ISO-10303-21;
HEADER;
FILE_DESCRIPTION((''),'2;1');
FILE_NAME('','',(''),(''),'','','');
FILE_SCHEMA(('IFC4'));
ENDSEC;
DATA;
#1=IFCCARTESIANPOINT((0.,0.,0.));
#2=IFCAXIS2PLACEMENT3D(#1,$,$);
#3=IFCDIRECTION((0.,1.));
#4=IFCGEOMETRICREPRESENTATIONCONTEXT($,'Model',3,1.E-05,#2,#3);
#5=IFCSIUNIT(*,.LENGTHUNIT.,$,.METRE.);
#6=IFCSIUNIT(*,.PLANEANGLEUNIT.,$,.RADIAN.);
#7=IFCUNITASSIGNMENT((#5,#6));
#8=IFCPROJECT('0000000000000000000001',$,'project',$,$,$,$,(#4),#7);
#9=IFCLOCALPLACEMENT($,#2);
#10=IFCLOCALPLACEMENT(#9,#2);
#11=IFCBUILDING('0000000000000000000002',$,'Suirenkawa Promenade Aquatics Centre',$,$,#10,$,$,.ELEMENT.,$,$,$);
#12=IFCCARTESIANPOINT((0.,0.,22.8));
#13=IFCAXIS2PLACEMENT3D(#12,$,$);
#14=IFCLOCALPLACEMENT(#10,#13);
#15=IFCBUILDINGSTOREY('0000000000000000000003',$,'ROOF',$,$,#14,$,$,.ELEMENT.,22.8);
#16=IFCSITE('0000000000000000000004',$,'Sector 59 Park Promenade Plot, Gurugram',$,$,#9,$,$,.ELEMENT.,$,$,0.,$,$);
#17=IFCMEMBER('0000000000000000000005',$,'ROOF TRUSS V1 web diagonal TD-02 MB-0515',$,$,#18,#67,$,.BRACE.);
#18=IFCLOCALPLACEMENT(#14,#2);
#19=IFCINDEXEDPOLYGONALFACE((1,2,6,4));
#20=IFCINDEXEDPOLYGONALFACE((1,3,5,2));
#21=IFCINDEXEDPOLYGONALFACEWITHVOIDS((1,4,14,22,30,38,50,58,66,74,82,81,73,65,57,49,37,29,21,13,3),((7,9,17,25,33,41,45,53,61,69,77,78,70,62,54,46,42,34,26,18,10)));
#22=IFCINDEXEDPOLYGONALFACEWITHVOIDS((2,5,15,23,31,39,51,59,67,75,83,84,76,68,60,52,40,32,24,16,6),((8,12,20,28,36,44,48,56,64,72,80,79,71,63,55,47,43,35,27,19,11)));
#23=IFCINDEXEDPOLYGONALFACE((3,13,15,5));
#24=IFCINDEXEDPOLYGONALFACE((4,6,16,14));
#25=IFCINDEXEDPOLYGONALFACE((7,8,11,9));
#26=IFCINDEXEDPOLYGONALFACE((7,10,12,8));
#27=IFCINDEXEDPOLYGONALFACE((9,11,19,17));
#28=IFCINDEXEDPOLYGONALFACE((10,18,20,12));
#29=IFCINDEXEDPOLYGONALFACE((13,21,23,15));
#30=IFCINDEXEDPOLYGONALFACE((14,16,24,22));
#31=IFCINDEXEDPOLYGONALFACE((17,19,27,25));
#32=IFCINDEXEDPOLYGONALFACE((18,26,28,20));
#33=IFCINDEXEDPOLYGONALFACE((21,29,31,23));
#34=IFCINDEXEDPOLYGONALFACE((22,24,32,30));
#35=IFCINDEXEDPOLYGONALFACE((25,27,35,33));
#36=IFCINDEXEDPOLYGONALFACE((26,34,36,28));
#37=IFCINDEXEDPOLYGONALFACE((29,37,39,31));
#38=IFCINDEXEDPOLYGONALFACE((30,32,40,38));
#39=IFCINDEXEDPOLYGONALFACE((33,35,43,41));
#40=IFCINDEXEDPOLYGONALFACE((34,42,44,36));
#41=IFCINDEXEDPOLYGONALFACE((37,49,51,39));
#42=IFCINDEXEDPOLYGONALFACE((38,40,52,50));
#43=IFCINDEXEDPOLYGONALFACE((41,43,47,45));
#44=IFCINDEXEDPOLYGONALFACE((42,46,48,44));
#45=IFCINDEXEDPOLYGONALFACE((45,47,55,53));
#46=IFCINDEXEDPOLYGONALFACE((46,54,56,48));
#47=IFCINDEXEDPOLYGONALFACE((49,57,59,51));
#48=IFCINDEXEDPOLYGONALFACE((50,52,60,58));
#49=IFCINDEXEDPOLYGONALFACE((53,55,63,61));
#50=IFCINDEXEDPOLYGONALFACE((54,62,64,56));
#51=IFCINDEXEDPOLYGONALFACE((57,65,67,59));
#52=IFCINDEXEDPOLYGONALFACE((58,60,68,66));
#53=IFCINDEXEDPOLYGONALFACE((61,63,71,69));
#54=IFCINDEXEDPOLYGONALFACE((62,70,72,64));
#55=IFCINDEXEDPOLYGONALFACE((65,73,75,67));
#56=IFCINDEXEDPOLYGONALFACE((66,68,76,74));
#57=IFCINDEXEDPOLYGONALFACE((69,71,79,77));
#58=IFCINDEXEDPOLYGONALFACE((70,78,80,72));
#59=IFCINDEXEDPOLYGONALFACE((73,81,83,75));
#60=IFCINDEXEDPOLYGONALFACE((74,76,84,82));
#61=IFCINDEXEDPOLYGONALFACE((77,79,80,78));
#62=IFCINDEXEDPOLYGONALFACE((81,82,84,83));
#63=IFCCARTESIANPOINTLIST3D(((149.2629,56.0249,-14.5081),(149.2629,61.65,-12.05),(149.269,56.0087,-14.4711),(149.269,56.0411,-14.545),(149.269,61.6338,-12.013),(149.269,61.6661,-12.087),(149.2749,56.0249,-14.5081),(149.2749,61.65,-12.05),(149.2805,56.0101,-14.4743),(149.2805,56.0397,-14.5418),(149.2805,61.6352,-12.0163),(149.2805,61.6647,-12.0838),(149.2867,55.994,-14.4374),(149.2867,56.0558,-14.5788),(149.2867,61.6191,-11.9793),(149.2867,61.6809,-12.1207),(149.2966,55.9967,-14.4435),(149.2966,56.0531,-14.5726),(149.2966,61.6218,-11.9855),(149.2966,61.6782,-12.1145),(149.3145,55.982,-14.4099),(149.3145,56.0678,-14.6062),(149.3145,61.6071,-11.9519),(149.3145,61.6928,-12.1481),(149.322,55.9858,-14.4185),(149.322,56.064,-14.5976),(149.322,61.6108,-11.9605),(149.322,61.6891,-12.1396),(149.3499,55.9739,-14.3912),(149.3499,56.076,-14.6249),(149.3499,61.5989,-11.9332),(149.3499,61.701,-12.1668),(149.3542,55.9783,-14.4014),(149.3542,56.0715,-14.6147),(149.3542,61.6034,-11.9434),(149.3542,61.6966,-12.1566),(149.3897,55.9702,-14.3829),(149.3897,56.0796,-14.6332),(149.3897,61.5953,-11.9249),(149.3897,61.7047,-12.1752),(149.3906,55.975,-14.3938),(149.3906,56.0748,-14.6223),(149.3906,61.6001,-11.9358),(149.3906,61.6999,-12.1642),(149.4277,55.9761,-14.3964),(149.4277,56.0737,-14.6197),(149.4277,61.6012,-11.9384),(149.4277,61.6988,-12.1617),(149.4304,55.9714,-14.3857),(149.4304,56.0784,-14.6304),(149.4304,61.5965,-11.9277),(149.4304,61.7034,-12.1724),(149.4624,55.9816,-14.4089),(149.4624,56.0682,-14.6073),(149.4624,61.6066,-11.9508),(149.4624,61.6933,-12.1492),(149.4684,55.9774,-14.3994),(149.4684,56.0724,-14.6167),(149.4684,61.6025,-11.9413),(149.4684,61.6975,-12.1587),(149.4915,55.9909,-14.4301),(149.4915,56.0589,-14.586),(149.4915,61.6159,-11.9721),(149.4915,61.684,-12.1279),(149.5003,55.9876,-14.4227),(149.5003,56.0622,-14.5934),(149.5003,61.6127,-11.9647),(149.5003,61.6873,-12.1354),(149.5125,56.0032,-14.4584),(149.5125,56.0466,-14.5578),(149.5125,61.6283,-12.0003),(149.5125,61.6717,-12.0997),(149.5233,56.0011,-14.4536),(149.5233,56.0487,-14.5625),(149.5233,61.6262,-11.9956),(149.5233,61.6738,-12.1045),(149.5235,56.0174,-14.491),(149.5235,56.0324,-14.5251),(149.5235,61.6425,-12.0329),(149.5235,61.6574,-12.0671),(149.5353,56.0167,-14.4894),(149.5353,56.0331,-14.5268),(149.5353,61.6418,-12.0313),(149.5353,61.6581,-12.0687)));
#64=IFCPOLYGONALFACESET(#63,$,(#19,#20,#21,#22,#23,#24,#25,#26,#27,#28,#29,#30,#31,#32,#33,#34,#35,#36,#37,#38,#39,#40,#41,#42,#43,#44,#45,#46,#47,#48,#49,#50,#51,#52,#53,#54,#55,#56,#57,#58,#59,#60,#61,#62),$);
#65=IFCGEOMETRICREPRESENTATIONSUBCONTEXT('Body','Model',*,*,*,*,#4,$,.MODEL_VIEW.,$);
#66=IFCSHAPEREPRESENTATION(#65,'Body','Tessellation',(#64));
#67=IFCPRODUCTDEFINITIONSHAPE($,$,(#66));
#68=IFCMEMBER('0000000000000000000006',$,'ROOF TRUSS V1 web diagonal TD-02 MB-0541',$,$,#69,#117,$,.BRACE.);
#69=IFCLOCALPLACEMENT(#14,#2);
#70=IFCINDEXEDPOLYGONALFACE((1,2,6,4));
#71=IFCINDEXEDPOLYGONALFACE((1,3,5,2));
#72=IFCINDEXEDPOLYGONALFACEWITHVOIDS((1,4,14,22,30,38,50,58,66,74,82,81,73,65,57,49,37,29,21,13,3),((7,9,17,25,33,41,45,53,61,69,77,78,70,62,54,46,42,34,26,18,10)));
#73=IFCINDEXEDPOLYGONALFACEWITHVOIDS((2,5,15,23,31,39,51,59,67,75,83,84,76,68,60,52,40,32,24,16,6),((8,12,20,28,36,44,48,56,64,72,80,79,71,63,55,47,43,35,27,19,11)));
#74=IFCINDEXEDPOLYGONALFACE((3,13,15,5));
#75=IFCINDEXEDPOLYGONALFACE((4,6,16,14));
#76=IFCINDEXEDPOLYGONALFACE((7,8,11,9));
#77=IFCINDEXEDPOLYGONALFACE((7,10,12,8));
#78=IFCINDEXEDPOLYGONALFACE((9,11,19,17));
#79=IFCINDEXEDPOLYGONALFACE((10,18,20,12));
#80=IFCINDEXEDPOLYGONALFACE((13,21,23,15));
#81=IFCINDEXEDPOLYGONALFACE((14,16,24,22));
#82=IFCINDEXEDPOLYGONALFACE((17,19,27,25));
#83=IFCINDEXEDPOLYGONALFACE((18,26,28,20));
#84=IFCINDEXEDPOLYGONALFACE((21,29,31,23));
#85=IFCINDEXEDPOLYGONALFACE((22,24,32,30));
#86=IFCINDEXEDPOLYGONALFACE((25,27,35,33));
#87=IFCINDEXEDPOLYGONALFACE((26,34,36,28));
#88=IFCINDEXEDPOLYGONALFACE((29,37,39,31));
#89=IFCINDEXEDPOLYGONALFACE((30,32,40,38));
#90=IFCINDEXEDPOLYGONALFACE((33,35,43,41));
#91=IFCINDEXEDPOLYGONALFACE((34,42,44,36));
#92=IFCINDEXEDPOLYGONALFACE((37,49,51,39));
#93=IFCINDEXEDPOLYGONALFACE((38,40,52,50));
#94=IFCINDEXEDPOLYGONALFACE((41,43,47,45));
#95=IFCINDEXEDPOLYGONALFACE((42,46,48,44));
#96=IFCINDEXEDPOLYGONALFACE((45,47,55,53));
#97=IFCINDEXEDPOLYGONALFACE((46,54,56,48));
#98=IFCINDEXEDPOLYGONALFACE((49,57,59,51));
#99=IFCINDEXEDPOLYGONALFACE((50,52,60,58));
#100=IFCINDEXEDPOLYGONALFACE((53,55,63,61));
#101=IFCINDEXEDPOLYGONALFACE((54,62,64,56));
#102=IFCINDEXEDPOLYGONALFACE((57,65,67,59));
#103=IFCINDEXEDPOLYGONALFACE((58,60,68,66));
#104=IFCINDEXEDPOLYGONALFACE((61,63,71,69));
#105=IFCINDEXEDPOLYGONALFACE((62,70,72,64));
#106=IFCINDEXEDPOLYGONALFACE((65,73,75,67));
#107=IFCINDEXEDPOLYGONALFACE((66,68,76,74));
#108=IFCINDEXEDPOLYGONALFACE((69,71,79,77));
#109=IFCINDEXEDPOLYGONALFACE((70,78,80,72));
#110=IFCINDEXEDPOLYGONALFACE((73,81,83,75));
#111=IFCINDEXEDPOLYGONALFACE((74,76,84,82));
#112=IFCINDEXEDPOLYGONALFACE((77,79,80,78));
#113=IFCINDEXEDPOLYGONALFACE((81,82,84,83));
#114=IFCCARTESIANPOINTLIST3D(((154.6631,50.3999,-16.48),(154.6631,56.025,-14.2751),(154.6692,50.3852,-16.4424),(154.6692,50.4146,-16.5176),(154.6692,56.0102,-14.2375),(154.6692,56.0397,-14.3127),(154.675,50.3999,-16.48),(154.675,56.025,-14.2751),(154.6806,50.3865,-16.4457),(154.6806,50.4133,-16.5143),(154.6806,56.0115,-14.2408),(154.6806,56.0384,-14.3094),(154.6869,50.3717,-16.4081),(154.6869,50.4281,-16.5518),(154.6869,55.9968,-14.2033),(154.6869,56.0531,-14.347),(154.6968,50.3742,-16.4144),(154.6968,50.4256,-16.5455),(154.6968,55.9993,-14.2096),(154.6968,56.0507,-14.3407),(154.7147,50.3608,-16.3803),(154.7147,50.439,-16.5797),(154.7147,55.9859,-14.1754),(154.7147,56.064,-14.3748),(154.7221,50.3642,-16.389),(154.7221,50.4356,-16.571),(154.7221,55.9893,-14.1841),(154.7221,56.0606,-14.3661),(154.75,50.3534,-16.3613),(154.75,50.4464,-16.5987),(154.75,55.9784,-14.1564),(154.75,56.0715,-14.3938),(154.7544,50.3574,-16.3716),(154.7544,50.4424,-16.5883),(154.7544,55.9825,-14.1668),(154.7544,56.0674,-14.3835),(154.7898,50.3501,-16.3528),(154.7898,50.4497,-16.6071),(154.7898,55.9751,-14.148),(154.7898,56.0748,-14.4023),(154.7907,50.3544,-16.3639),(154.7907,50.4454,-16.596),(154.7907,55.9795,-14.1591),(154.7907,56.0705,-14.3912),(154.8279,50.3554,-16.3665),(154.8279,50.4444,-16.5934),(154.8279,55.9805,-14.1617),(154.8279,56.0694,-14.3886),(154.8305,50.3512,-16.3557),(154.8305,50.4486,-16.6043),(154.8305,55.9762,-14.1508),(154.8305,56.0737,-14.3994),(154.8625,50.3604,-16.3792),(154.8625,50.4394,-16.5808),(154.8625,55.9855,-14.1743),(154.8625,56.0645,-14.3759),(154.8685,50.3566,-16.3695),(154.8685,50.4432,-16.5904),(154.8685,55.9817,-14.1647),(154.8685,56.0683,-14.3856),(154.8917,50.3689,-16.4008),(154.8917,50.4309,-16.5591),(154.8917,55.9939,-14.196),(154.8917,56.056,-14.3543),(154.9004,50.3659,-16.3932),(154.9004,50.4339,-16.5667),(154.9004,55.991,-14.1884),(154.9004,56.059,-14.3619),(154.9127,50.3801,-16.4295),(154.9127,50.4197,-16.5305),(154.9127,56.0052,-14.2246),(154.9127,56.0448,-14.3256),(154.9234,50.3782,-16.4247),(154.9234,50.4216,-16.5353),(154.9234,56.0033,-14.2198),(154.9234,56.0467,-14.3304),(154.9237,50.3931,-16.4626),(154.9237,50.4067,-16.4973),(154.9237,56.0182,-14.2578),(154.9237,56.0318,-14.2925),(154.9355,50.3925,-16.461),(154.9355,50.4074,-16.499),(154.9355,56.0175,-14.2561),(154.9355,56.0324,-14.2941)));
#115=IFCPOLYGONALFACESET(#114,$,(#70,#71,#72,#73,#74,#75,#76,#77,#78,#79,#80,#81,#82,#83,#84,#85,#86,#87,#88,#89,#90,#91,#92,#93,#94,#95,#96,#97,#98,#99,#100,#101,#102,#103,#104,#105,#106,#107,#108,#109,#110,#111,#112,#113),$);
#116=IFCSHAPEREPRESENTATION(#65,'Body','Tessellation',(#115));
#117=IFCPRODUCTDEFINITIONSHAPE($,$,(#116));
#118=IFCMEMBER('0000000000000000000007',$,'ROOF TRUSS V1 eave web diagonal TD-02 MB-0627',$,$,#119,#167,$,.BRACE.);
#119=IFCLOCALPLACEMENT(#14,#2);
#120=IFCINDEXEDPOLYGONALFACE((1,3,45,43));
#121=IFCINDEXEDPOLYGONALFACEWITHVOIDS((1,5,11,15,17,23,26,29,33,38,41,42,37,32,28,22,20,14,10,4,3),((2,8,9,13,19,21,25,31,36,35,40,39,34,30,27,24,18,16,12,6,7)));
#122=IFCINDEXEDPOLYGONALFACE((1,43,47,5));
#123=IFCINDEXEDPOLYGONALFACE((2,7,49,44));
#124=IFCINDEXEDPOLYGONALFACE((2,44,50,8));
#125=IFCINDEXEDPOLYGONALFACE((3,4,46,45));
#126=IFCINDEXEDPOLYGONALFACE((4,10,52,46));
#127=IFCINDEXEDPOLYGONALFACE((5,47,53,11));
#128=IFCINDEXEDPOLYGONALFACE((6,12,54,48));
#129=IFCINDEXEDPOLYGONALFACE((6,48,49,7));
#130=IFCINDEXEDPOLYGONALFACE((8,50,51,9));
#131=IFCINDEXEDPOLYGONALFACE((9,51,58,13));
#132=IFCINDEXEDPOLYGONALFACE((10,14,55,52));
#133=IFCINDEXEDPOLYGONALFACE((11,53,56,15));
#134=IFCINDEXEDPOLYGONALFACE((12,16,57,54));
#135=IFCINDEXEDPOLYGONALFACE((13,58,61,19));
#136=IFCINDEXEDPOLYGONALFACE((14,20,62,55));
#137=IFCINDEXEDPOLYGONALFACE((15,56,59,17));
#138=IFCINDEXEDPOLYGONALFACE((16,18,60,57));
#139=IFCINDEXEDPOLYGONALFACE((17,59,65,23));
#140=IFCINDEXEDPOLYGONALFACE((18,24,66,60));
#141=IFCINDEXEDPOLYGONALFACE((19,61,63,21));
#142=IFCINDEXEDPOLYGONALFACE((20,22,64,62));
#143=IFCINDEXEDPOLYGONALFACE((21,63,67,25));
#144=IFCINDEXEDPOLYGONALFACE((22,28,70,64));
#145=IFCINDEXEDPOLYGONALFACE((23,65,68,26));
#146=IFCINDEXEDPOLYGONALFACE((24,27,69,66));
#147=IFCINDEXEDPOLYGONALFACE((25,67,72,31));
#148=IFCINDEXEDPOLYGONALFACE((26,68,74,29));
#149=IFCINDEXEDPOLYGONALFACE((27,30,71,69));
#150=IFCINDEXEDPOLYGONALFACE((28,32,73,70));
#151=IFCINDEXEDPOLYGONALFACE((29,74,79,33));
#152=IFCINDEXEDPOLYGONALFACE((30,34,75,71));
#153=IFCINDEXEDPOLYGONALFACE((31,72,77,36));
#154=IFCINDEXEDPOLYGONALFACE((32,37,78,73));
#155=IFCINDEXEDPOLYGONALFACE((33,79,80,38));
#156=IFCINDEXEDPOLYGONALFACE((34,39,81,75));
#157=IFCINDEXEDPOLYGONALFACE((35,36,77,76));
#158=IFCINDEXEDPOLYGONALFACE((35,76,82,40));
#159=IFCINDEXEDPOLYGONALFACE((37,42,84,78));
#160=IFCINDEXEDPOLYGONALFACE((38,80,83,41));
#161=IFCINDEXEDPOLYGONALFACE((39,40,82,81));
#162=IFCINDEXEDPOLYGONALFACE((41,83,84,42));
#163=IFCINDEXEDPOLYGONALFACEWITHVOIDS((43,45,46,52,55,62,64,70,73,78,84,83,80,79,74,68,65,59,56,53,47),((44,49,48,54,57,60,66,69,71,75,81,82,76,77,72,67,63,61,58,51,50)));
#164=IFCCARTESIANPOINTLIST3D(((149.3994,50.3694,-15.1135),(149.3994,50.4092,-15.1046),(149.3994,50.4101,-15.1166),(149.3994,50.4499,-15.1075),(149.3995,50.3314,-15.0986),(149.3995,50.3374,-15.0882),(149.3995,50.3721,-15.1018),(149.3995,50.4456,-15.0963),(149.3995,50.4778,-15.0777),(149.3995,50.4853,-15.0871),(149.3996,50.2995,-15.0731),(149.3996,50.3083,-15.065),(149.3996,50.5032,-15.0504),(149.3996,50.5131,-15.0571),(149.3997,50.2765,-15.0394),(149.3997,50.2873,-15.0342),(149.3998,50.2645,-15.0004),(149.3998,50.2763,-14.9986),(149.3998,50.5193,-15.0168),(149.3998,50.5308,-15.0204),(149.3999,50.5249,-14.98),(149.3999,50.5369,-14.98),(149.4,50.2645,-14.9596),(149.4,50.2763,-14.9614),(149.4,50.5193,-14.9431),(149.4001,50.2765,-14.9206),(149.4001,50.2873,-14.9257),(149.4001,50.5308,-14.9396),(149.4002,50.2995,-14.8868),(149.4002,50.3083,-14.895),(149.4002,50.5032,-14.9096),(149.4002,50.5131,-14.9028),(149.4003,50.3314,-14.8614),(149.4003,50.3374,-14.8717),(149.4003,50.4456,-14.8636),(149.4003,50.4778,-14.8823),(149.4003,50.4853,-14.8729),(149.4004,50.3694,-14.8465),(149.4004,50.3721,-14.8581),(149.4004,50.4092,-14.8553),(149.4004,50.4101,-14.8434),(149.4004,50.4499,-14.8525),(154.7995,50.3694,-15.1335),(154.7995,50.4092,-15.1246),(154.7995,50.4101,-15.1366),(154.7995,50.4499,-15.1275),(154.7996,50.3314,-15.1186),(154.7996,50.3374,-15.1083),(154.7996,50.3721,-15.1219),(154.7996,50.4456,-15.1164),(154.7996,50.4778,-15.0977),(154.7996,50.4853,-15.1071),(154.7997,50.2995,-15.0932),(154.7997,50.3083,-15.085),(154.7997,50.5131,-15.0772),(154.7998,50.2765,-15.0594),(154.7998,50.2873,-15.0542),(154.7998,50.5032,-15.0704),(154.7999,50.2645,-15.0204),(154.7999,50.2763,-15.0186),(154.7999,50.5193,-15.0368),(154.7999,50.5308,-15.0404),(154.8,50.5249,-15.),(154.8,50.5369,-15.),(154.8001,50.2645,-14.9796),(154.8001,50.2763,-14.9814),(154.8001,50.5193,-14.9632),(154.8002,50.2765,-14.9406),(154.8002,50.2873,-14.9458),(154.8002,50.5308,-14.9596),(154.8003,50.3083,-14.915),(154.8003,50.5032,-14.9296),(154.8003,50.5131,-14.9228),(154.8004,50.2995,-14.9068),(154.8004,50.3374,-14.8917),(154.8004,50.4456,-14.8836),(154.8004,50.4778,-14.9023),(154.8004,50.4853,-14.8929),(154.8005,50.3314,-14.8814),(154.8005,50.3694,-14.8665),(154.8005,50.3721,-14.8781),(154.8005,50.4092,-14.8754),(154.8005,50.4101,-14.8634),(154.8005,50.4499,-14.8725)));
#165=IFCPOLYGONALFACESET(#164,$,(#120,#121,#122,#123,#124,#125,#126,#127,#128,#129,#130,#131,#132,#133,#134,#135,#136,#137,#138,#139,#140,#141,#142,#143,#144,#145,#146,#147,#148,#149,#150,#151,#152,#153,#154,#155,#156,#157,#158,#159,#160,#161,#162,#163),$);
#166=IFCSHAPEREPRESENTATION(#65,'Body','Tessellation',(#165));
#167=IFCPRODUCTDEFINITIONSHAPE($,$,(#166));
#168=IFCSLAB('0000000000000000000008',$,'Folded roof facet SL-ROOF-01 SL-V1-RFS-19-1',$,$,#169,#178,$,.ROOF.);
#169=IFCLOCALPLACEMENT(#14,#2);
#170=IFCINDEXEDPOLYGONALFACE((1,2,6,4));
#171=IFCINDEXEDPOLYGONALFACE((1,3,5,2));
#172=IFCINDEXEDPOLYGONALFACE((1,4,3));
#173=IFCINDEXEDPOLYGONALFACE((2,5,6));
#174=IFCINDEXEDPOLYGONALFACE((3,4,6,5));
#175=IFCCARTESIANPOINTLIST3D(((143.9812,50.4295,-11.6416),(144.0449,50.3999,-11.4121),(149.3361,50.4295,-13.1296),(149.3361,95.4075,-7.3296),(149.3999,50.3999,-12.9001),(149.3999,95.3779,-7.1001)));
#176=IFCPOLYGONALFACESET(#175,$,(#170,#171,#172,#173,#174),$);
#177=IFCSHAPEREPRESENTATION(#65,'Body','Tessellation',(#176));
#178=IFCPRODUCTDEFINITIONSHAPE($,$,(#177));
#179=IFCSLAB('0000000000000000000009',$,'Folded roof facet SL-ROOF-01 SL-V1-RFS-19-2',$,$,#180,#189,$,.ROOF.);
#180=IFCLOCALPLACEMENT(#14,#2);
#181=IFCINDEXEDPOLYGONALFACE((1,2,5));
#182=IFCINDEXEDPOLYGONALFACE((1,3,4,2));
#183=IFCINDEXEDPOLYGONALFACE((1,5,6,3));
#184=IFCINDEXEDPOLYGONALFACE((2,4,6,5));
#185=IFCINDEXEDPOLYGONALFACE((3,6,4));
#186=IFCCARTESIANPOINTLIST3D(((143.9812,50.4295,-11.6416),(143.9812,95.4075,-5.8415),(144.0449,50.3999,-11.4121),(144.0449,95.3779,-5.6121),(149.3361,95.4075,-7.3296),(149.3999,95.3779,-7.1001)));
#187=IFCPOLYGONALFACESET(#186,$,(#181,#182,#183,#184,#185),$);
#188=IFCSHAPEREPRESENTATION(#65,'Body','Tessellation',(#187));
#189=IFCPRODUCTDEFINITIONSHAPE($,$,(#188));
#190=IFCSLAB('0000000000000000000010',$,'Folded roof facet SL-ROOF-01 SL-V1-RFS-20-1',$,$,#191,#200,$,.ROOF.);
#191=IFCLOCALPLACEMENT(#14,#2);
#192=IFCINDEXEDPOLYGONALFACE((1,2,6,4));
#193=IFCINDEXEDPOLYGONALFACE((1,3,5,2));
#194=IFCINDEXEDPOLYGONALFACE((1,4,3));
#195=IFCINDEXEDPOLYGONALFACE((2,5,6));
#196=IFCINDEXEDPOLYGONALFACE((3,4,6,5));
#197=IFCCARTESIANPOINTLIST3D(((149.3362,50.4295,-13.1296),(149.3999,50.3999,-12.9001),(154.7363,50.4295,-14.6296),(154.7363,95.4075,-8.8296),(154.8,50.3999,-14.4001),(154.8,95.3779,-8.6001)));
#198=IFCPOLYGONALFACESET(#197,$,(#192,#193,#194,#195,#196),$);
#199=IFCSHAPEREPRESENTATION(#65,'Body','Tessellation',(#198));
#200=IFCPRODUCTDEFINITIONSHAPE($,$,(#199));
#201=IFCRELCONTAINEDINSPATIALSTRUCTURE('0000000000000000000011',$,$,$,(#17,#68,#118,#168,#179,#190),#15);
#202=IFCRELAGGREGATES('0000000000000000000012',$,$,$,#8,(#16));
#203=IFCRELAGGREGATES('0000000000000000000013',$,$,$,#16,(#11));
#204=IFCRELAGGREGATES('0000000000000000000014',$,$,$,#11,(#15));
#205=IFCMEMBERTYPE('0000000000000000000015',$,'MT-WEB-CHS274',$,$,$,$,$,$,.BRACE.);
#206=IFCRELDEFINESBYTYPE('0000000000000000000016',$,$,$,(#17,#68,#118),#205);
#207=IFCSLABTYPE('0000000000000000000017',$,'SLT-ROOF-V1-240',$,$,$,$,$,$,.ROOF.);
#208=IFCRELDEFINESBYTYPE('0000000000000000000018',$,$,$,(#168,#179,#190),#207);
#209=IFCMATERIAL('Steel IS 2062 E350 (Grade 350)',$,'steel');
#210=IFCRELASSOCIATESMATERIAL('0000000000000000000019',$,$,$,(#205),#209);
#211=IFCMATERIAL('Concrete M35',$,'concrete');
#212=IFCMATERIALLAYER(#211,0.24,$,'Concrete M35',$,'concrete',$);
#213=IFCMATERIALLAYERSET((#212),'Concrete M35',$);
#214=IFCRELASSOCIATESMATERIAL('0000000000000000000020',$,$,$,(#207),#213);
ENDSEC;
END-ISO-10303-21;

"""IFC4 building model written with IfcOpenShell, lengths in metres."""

from ifc_helpers import new_model, si_unit, direction, frame, origin, origin_2d, place, context, subcontext, project, spatial, polyline, hollow_circle, outline, extrude, material, layer, layer_set, material_profile, profile_set, type_object, element, save


model = new_model("IFC4")

# Units and contexts
model_context = context("Model", 3, precision=1e-05, world=origin(), true_north=direction((0.0, 1.0)))
body_context = subcontext(model_context, "Body", "Model", "MODEL_VIEW")
ifc_project = project(units=[si_unit("LENGTHUNIT", "METRE"), si_unit("PLANEANGLEUNIT", "RADIAN")], contexts=[model_context])

# Site, building, storey
site_placement = place(None, origin())
site = spatial("IfcSite", under=ifc_project, at=site_placement, Name="Sector 59 Park Promenade Plot, Gurugram", CompositionType="ELEMENT", RefElevation=0.0)
building_placement = place(site_placement, origin())
building = spatial("IfcBuilding", under=site, at=building_placement, Name="Suirenkawa Promenade Aquatics Centre", CompositionType="ELEMENT")
storey_placement = place(building_placement, frame((0.0, 0.0, 22.8)))
storey = spatial("IfcBuildingStorey", under=building, at=storey_placement, Name="ROOF", CompositionType="ELEMENT", Elevation=22.8)

# Shared definitions
ifc_material_1 = material(Name="Steel IS 2062 E350 (Grade 350)", Category="steel")

# Members
ifc_material_profile_1 = material_profile(ifc_material_1, hollow_circle(Radius=0.137, WallThickness=0.012, at=origin_2d()), Name="CHS 274x12", Category="steel")
ifc_profile_set_1 = profile_set([ifc_material_profile_1], Name="Steel IS 2062 E350 (Grade 350)")
member_type_1 = type_object("IfcMemberType", Name="MT-WEB-CHS274", PredefinedType="BRACE", material=ifc_profile_set_1)
member_1_placement = place(storey_placement, frame((149.3999, 56.0249, -14.5081), z_axis=(0.0, 0.916333, 0.400418), x_axis=(-1.0, 0.0, 0.0)))
element("IfcMember", 1, at=member_1_placement, inside=storey, type_object=member_type_1, Name="ROOF TRUSS V1 web diagonal TD-02 MB-0515", PredefinedType="BRACE", context=body_context, shape_type="SweptSolid", body=[
    extrude(hollow_circle(Radius=0.137, WallThickness=0.012, at=origin_2d()), origin(), (0.0, 0.0, 1.0), 6.1387),
])
member_2_placement = place(storey_placement, frame((154.8, 50.3999, -16.48), z_axis=(0.0, 0.931032, 0.364937), x_axis=(-1.0, 0.0, 0.0)))
element("IfcMember", 2, at=member_2_placement, inside=storey, type_object=member_type_1, Name="ROOF TRUSS V1 web diagonal TD-02 MB-0541", PredefinedType="BRACE", context=body_context, shape_type="SweptSolid", body=[
    extrude(hollow_circle(Radius=0.137, WallThickness=0.012, at=origin_2d()), origin(), (0.0, 0.0, 1.0), 6.0417),
])
member_3_placement = place(storey_placement, frame((149.3999, 50.3999, -14.98), z_axis=(0.999993, 0.0, -0.003707), x_axis=(0.0, 1.0, 0.0)))
element("IfcMember", 3, at=member_3_placement, inside=storey, type_object=member_type_1, Name="ROOF TRUSS V1 eave web diagonal TD-02 MB-0627", PredefinedType="BRACE", context=body_context, shape_type="SweptSolid", body=[
    extrude(hollow_circle(Radius=0.137, WallThickness=0.012, at=origin_2d()), origin(), (0.0, 0.0, 1.0), 5.4001),
])

# Slabs
ifc_material_2 = material(Name="Concrete M35", Category="concrete")
ifc_layer = layer(ifc_material_2, 0.24, Name="Concrete M35", Category="concrete")
ifc_layer_set = layer_set([ifc_layer], Name="Concrete M35")
slab_type = type_object("IfcSlabType", Name="SLT-ROOF-V1-240", PredefinedType="ROOF", material=ifc_layer_set)
slab_1_placement = place(storey_placement, frame((144.0449, 50.3999, -11.4121), z_axis=(0.265692, -0.123297, 0.956141), x_axis=(0.963493, 0.0, -0.267734)))
element("IfcSlab", 4, at=slab_1_placement, inside=storey, type_object=slab_type, Name="Folded roof facet SL-ROOF-01 SL-V1-RFS-19-1", PredefinedType="ROOF", context=body_context, shape_type="SweptSolid", body=[
    extrude(outline(polyline([(0.0, 0.0), (5.5579, 0.0), (4.005, 45.3239), (0.0, 0.0)])), origin(), (0.0, 0.0, -1.0), 0.24),
])
slab_2_placement = place(storey_placement, frame((144.0449, 50.3999, -11.4121), z_axis=(0.265692, -0.123297, 0.956141), x_axis=(0.117691, 0.988518, 0.094769)))
element("IfcSlab", 5, at=slab_2_placement, inside=storey, type_object=slab_type, Name="Folded roof facet SL-ROOF-01 SL-V1-RFS-19-2", PredefinedType="ROOF", context=body_context, shape_type="SweptSolid", body=[
    extrude(outline(polyline([(0.0, 0.0), (45.5005, 0.0), (45.0113, 5.5363), (0.0, 0.0)])), origin(), (0.0, 0.0, -1.0), 0.24),
])
slab_3_placement = place(storey_placement, frame((149.3999, 50.3999, -12.9001), z_axis=(0.265595, -0.123301, 0.956168), x_axis=(0.96352, 0.0, -0.267637)))
element("IfcSlab", 6, at=slab_3_placement, inside=storey, type_object=slab_type, Name="Folded roof facet SL-ROOF-01 SL-V1-RFS-20-1", PredefinedType="ROOF", context=body_context, shape_type="SweptSolid", body=[
    extrude(outline(polyline([(0.0, 0.0), (5.6046, 0.0), (4.0523, 45.3239), (0.0, 0.0)])), origin(), (0.0, 0.0, -1.0), 0.24),
])

save(model, "model.ifc")
